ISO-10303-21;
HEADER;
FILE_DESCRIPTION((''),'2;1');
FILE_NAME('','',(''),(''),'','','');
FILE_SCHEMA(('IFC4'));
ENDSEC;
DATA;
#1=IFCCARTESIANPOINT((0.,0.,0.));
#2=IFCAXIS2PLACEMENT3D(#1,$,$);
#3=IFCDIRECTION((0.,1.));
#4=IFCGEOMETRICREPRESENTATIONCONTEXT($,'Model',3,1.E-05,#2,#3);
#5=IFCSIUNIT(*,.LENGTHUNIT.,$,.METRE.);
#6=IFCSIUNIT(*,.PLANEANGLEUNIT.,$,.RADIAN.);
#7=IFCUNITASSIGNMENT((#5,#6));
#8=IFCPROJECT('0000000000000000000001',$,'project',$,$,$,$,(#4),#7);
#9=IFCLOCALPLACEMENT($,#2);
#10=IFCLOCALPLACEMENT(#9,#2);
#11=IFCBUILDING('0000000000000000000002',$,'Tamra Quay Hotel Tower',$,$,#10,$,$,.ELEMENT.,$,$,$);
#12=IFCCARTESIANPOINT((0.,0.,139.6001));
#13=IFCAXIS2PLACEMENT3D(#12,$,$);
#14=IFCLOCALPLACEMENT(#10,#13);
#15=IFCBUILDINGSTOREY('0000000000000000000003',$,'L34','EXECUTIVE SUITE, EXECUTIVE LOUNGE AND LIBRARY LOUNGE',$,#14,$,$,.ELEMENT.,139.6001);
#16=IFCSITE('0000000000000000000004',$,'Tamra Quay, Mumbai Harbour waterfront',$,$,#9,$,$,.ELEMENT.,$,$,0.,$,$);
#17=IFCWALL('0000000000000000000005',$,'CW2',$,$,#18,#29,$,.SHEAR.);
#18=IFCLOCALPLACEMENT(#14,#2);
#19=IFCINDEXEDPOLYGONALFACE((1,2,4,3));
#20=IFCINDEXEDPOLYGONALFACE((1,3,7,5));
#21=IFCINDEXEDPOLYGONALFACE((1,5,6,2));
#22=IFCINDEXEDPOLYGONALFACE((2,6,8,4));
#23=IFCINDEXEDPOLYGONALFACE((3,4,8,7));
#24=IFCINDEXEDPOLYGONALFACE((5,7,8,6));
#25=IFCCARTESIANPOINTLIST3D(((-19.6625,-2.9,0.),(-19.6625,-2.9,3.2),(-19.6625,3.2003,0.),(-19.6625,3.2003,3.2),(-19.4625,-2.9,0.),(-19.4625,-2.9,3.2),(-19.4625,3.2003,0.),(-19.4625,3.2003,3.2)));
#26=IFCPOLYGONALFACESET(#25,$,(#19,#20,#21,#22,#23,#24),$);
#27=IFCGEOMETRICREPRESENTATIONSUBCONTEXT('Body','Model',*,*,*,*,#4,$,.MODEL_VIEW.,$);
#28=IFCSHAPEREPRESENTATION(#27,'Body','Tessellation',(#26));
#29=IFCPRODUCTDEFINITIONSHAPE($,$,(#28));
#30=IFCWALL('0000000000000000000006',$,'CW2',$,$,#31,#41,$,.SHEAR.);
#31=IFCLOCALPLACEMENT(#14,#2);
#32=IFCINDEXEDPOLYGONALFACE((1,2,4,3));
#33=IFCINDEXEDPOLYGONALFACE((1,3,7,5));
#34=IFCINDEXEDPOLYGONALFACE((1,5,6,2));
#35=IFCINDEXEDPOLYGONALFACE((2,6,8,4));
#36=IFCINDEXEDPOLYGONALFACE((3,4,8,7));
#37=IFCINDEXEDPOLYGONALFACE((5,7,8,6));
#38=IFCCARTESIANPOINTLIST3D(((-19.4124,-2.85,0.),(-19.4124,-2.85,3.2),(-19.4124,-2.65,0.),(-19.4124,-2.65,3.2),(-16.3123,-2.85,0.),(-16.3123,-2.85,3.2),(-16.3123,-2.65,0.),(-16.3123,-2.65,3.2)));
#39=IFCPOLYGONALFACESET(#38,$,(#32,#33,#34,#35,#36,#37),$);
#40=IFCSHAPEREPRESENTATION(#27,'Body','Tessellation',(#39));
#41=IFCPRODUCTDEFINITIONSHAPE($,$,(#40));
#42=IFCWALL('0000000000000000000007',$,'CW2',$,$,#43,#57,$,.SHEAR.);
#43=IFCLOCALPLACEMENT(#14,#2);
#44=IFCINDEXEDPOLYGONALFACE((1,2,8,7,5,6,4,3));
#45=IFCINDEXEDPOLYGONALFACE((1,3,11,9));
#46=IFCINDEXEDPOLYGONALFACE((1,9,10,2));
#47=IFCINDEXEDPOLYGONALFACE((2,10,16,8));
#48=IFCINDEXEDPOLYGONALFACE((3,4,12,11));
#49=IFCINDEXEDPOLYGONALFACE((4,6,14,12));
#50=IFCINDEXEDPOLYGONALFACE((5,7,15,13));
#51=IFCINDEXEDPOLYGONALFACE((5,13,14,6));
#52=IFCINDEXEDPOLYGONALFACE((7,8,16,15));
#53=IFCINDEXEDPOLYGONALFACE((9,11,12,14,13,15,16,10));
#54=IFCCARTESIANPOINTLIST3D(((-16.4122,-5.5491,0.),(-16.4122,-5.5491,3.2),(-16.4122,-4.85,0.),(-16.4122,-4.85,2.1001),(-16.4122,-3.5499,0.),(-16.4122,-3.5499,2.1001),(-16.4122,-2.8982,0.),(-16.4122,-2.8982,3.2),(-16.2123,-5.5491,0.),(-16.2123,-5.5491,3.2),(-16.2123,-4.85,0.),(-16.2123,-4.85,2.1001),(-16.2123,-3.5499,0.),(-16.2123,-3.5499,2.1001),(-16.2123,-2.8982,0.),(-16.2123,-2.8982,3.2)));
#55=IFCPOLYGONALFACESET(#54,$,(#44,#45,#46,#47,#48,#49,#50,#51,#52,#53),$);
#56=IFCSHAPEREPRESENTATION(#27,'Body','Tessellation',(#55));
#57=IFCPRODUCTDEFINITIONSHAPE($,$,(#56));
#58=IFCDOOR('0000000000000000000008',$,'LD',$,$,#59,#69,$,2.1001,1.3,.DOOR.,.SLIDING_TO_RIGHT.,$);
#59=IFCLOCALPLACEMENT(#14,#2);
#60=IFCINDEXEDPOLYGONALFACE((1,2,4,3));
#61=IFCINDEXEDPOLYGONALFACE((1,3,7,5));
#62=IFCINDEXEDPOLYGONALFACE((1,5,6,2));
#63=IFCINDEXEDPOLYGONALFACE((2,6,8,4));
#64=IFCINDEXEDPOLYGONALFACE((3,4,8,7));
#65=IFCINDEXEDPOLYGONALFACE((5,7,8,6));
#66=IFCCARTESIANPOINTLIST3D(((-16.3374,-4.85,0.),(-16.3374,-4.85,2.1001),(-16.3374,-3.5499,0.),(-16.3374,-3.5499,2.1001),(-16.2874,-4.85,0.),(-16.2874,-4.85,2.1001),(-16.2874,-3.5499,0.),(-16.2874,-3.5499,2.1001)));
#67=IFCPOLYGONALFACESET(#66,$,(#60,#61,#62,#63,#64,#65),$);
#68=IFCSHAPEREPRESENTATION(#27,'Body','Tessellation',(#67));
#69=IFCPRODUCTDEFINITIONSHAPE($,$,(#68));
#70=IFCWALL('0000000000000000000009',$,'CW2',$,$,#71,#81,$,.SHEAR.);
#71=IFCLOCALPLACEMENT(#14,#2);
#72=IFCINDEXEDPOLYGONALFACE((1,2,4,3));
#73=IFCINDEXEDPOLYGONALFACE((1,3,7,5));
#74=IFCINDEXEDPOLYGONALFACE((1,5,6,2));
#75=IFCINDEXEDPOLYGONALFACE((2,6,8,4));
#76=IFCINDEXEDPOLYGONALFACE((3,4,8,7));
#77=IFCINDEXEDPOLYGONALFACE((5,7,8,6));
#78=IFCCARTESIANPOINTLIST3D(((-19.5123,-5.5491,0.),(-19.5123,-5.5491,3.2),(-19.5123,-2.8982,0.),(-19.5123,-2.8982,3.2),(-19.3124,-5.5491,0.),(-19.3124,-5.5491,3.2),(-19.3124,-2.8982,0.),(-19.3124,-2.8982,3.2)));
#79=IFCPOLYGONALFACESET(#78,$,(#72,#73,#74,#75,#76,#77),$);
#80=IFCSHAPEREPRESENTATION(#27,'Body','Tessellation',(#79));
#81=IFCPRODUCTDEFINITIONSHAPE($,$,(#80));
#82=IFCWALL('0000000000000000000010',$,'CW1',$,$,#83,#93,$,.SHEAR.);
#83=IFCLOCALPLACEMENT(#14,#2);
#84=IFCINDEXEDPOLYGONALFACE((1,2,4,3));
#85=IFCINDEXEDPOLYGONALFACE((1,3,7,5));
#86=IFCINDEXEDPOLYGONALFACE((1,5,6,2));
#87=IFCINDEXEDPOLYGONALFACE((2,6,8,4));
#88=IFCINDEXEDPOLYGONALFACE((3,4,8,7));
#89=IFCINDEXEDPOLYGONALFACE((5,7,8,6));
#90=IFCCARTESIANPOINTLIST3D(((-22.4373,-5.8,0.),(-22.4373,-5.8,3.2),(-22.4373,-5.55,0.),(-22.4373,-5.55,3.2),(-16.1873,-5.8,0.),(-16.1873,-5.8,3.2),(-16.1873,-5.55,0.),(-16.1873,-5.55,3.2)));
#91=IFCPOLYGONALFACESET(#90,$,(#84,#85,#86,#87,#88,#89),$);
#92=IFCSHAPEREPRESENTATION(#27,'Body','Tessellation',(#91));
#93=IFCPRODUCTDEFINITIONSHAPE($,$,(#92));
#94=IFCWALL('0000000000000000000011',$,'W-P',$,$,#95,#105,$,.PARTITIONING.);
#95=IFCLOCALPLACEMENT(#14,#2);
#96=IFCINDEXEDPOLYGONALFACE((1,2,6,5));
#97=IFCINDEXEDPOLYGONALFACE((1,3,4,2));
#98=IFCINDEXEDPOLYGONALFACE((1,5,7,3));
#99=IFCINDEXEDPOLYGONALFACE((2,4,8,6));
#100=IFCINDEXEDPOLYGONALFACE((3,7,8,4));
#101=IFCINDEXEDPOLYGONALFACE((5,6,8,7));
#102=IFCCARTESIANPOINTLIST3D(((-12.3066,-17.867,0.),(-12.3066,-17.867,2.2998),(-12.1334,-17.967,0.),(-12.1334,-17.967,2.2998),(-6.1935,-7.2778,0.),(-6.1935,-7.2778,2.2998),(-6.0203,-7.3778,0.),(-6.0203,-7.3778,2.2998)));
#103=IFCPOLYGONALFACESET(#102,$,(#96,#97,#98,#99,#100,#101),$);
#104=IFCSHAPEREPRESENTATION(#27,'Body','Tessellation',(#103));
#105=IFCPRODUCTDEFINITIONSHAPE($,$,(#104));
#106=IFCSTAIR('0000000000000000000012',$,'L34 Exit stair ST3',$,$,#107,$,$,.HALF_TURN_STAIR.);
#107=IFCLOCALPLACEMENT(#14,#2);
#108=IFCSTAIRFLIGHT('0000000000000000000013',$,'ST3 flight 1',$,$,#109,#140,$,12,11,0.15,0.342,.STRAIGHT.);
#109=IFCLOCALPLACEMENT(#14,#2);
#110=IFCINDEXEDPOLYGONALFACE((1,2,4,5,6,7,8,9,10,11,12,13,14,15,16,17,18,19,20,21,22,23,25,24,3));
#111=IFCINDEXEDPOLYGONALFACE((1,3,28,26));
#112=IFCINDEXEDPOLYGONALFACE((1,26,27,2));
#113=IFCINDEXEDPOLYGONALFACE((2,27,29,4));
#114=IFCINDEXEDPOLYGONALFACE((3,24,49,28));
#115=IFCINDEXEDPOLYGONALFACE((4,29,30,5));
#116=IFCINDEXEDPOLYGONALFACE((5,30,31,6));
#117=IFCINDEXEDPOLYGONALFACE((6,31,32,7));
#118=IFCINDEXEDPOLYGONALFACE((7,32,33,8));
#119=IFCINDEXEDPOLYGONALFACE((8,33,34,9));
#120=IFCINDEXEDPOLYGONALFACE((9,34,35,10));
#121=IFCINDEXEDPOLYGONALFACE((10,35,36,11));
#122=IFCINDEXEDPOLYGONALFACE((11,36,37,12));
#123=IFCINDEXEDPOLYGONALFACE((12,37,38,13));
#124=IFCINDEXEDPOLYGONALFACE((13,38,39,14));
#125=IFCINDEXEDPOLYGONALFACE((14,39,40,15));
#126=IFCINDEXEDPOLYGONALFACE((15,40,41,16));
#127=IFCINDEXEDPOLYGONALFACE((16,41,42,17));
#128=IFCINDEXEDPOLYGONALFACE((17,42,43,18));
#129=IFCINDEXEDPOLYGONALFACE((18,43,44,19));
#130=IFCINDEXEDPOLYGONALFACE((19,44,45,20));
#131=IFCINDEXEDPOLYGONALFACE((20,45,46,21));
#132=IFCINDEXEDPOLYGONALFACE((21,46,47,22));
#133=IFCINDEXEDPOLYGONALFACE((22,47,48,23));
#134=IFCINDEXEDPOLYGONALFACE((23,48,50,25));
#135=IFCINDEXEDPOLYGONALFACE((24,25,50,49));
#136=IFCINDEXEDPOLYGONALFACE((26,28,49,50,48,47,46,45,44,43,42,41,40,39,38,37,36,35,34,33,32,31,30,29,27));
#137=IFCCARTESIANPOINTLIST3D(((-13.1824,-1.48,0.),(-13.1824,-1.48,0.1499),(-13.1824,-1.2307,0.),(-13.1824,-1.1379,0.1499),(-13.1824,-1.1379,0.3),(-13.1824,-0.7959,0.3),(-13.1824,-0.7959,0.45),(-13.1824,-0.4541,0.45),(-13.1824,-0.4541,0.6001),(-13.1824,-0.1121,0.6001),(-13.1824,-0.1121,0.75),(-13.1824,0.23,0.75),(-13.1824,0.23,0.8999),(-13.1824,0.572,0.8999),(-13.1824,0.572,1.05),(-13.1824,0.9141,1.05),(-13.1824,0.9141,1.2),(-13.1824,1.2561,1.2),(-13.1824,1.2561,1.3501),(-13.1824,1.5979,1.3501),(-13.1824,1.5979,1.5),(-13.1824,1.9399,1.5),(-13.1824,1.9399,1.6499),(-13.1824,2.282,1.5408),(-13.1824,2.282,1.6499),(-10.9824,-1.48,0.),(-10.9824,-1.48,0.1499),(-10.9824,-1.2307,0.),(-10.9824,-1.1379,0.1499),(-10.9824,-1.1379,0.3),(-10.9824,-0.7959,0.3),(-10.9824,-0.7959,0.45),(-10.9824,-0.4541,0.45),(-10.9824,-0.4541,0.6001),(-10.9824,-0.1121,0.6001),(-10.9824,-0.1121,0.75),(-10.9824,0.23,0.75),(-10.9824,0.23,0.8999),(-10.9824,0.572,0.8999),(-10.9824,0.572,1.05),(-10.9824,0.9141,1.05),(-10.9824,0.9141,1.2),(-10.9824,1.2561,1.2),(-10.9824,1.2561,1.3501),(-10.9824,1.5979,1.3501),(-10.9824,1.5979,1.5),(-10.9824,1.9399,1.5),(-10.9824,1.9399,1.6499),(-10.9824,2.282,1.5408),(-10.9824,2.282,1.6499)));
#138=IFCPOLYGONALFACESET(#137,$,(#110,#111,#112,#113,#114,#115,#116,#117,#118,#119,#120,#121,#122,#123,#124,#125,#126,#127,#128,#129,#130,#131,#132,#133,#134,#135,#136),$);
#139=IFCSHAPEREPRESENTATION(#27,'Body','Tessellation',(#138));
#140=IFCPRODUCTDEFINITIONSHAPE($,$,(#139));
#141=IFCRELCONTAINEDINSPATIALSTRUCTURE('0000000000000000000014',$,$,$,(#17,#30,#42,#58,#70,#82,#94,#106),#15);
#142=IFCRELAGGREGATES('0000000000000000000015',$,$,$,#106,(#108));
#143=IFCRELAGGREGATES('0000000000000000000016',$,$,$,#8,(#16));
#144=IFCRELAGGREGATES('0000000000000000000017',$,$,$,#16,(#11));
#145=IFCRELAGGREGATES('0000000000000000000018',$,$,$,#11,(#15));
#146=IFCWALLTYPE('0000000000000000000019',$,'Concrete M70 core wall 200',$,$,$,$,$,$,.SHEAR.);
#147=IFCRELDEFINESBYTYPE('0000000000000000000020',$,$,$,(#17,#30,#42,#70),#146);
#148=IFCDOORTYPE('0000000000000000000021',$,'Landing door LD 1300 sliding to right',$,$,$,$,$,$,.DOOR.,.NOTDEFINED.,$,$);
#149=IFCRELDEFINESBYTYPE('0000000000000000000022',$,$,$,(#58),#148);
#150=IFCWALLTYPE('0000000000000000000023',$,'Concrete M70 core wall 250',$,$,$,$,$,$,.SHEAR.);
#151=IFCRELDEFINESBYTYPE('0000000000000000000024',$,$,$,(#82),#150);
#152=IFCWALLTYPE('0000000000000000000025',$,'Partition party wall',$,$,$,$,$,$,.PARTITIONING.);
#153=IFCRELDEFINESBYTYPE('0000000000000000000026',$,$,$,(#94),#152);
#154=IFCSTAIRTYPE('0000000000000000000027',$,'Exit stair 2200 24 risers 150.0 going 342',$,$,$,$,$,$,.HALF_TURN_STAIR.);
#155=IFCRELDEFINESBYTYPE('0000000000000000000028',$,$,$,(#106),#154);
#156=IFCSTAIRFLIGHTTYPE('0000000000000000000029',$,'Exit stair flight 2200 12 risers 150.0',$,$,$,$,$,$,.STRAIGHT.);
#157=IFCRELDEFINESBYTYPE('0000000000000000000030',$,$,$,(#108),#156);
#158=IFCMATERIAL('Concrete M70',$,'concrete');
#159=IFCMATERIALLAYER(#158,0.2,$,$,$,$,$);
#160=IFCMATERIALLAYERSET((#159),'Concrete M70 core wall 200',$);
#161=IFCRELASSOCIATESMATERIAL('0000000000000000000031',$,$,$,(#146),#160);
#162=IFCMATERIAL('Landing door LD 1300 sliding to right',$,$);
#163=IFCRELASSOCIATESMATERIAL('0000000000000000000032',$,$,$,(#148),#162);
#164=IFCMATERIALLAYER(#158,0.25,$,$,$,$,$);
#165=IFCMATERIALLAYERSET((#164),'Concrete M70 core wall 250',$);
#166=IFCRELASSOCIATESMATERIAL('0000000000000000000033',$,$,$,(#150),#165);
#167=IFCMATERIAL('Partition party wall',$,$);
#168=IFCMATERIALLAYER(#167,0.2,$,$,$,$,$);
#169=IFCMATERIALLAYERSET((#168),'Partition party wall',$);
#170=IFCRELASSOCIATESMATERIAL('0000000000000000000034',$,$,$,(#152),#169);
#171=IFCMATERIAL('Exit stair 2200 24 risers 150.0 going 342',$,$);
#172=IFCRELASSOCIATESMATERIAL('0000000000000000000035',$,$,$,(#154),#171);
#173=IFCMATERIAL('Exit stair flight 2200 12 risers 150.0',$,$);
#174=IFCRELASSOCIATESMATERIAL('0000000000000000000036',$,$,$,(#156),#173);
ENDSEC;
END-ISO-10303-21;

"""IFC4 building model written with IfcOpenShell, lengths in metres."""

from ifc_helpers import new_model, si_unit, direction, frame, frame_2d, origin, place, context, subcontext, project, spatial, polyline, rectangle, outline, extrude, material, layer, layer_set, type_object, element, fill, aggregate, save


model = new_model("IFC4")

# Units and contexts
model_context = context("Model", 3, precision=1e-05, world=origin(), true_north=direction((0.0, 1.0)))
body_context = subcontext(model_context, "Body", "Model", "MODEL_VIEW")
ifc_project = project(units=[si_unit("LENGTHUNIT", "METRE"), si_unit("PLANEANGLEUNIT", "RADIAN")], contexts=[model_context])

# Site, building, storey
site_placement = place(None, origin())
site = spatial("IfcSite", under=ifc_project, at=site_placement, Name="Tamra Quay, Mumbai Harbour waterfront", CompositionType="ELEMENT", RefElevation=0.0)
building_placement = place(site_placement, origin())
building = spatial("IfcBuilding", under=site, at=building_placement, Name="Tamra Quay Hotel Tower", CompositionType="ELEMENT")
storey_placement = place(building_placement, frame((0.0, 0.0, 139.6001)))
storey = spatial("IfcBuildingStorey", under=building, at=storey_placement, Name="L34", Description="EXECUTIVE SUITE, EXECUTIVE LOUNGE AND LIBRARY LOUNGE", CompositionType="ELEMENT", Elevation=139.6001)

# Shared definitions
ifc_material_1 = material(Name="Concrete M70", Category="concrete")

# Walls
ifc_layer_1 = layer(ifc_material_1, 0.2)
ifc_layer_set_1 = layer_set([ifc_layer_1], Name="Concrete M70 core wall 200")
wall_type_1 = type_object("IfcWallType", Name="Concrete M70 core wall 200", PredefinedType="SHEAR", material=ifc_layer_set_1)
wall_1_placement = place(storey_placement, frame((-19.5625, -2.9001, 0.0), z_axis=(0.0, 0.0, 1.0), x_axis=(0.0, 1.0, 0.0)))
element("IfcWall", 1, at=wall_1_placement, inside=storey, type_object=wall_type_1, Name="CW2", PredefinedType="SHEAR", context=body_context, shape_type="SweptSolid", body=[
    extrude(rectangle(XDim=6.1003, YDim=0.2, at=frame_2d((3.0503, 0.0))), origin(), (0.0, 0.0, 1.0), 3.2),
])
wall_2_placement = place(storey_placement, frame((-19.4124, -2.75, 0.0), z_axis=(0.0, 0.0, 1.0), x_axis=(1.0, 0.0, 0.0)))
element("IfcWall", 2, at=wall_2_placement, inside=storey, type_object=wall_type_1, Name="CW2", PredefinedType="SHEAR", context=body_context, shape_type="SweptSolid", body=[
    extrude(rectangle(XDim=3.1001, YDim=0.2, at=frame_2d((1.55, 0.0))), origin(), (0.0, 0.0, 1.0), 3.2),
])

# Wall, opening, door
wall_3_placement = place(storey_placement, frame((-16.3123, -2.8982, 0.0), z_axis=(0.0, 0.0, 1.0), x_axis=(0.0, -1.0, 0.0)))
wall_3 = element("IfcWall", 3, at=wall_3_placement, inside=storey, type_object=wall_type_1, Name="CW2", PredefinedType="SHEAR", context=body_context, shape_type="SweptSolid", body=[
    extrude(rectangle(XDim=2.6509, YDim=0.2, at=frame_2d((1.3254, 0.0))), origin(), (0.0, 0.0, 1.0), 3.2),
])
opening_placement = place(wall_3_placement, frame((0.6519, 0.0, 0.0)))
opening = element("IfcOpeningElement", 4, at=opening_placement, cuts=wall_3, PredefinedType="OPENING", context=body_context, shape_type="SweptSolid", body=[
    extrude(rectangle(XDim=1.3, YDim=2.1001, at=frame_2d((0.6499, 1.05))), frame((0.0, 0.1099, 0.0), z_axis=(0.0, -1.0, 0.0), x_axis=(1.0, 0.0, 0.0)), (0.0, 0.0, 1.0), 0.22),
])
ifc_material_2 = material(Name="Landing door LD 1300 sliding to right")
door_type = type_object("IfcDoorType", Name="Landing door LD 1300 sliding to right", OperationType="NOTDEFINED", PredefinedType="DOOR", material=ifc_material_2)
door_placement = place(opening_placement, origin())
door = element("IfcDoor", 5, at=door_placement, inside=storey, type_object=door_type, Name="LD", OperationType="SLIDING_TO_RIGHT", OverallHeight=2.1001, OverallWidth=1.3, PredefinedType="DOOR", context=body_context, shape_type="SweptSolid", body=[
    extrude(rectangle(XDim=1.3, YDim=2.1001, at=frame_2d((0.6499, 1.05))), frame((0.0, 0.0249, 0.0), z_axis=(0.0, -1.0, 0.0), x_axis=(1.0, 0.0, 0.0)), (0.0, 0.0, 1.0), 0.05),
])
fill(opening, door)

# Walls
wall_4_placement = place(storey_placement, frame((-19.4124, -5.5491, 0.0), z_axis=(0.0, 0.0, 1.0), x_axis=(0.0, 1.0, 0.0)))
element("IfcWall", 6, at=wall_4_placement, inside=storey, type_object=wall_type_1, Name="CW2", PredefinedType="SHEAR", context=body_context, shape_type="SweptSolid", body=[
    extrude(rectangle(XDim=2.6509, YDim=0.2, at=frame_2d((1.3254, 0.0))), origin(), (0.0, 0.0, 1.0), 3.2),
])
ifc_layer_2 = layer(ifc_material_1, 0.25)
ifc_layer_set_2 = layer_set([ifc_layer_2], Name="Concrete M70 core wall 250")
wall_type_2 = type_object("IfcWallType", Name="Concrete M70 core wall 250", PredefinedType="SHEAR", material=ifc_layer_set_2)
wall_5_placement = place(storey_placement, frame((-16.1873, -5.675, 0.0), z_axis=(0.0, 0.0, 1.0), x_axis=(-1.0, 0.0, 0.0)))
element("IfcWall", 7, at=wall_5_placement, inside=storey, type_object=wall_type_2, Name="CW1", PredefinedType="SHEAR", context=body_context, shape_type="SweptSolid", body=[
    extrude(rectangle(XDim=6.25, YDim=0.25, at=frame_2d((3.125, 0.0))), origin(), (0.0, 0.0, 1.0), 3.2),
])
ifc_material_3 = material(Name="Partition party wall")
ifc_layer_3 = layer(ifc_material_3, 0.2)
ifc_layer_set_3 = layer_set([ifc_layer_3], Name="Partition party wall")
wall_type_3 = type_object("IfcWallType", Name="Partition party wall", PredefinedType="PARTITIONING", material=ifc_layer_set_3)
wall_6_placement = place(storey_placement, frame((-12.22, -17.917, 0.0), z_axis=(0.0, 0.0, 1.0), x_axis=(0.499964, 0.866046, 0.0)))
element("IfcWall", 8, at=wall_6_placement, inside=storey, type_object=wall_type_3, Name="W-P", PredefinedType="PARTITIONING", context=body_context, shape_type="SweptSolid", body=[
    extrude(rectangle(XDim=12.2271, YDim=0.2, at=frame_2d((6.1135, 0.0))), origin(), (0.0, 0.0, 1.0), 2.2998),
])

# Stair, stair flight
ifc_material_4 = material(Name="Exit stair 2200 24 risers 150.0 going 342")
stair_type = type_object("IfcStairType", Name="Exit stair 2200 24 risers 150.0 going 342", PredefinedType="HALF_TURN_STAIR", material=ifc_material_4)
stair_placement = place(storey_placement, origin())
stair = element("IfcStair", 9, at=stair_placement, inside=storey, type_object=stair_type, Name="L34 Exit stair ST3", PredefinedType="HALF_TURN_STAIR")
ifc_material_5 = material(Name="Exit stair flight 2200 12 risers 150.0")
stair_flight_type = type_object("IfcStairFlightType", Name="Exit stair flight 2200 12 risers 150.0", PredefinedType="STRAIGHT", material=ifc_material_5)
stair_flight_placement = place(storey_placement, frame((-12.0823, -1.48, 0.0), z_axis=(0.0, 0.0, 1.0), x_axis=(0.0, 1.0, 0.0)))
stair_flight = element("IfcStairFlight", 10, at=stair_flight_placement, type_object=stair_flight_type, Name="ST3 flight 1", NumberOfRisers=12, NumberOfTreads=11, PredefinedType="STRAIGHT", RiserHeight=0.15, TreadLength=0.342, context=body_context, shape_type="SweptSolid", body=[
    extrude(outline(polyline([(0.0, 0.0), (0.0, 0.1499), (0.342, 0.1499), (0.342, 0.3), (0.6841, 0.3), (0.6841, 0.45), (1.0259, 0.45), (1.0259, 0.6001), (1.3679, 0.6001), (1.3679, 0.75), (1.71, 0.75), (1.71, 0.8999), (2.052, 0.8999), (2.052, 1.05), (2.394, 1.05), (2.394, 1.2), (2.7361, 1.2), (2.7361, 1.3501), (3.0779, 1.3501), (3.0779, 1.5), (3.4199, 1.5), (3.4199, 1.6499), (3.762, 1.6499), (3.762, 1.8), (3.762, 1.5408), (0.2493, 0.0), (0.0, 0.0)])), frame((0.0, 1.1001, 0.0), z_axis=(0.0, -1.0, 0.0), x_axis=(1.0, 0.0, 0.0)), (0.0, 0.0, 1.0), 2.2),
])
aggregate(stair, [stair_flight])

save(model, "model.ifc")
